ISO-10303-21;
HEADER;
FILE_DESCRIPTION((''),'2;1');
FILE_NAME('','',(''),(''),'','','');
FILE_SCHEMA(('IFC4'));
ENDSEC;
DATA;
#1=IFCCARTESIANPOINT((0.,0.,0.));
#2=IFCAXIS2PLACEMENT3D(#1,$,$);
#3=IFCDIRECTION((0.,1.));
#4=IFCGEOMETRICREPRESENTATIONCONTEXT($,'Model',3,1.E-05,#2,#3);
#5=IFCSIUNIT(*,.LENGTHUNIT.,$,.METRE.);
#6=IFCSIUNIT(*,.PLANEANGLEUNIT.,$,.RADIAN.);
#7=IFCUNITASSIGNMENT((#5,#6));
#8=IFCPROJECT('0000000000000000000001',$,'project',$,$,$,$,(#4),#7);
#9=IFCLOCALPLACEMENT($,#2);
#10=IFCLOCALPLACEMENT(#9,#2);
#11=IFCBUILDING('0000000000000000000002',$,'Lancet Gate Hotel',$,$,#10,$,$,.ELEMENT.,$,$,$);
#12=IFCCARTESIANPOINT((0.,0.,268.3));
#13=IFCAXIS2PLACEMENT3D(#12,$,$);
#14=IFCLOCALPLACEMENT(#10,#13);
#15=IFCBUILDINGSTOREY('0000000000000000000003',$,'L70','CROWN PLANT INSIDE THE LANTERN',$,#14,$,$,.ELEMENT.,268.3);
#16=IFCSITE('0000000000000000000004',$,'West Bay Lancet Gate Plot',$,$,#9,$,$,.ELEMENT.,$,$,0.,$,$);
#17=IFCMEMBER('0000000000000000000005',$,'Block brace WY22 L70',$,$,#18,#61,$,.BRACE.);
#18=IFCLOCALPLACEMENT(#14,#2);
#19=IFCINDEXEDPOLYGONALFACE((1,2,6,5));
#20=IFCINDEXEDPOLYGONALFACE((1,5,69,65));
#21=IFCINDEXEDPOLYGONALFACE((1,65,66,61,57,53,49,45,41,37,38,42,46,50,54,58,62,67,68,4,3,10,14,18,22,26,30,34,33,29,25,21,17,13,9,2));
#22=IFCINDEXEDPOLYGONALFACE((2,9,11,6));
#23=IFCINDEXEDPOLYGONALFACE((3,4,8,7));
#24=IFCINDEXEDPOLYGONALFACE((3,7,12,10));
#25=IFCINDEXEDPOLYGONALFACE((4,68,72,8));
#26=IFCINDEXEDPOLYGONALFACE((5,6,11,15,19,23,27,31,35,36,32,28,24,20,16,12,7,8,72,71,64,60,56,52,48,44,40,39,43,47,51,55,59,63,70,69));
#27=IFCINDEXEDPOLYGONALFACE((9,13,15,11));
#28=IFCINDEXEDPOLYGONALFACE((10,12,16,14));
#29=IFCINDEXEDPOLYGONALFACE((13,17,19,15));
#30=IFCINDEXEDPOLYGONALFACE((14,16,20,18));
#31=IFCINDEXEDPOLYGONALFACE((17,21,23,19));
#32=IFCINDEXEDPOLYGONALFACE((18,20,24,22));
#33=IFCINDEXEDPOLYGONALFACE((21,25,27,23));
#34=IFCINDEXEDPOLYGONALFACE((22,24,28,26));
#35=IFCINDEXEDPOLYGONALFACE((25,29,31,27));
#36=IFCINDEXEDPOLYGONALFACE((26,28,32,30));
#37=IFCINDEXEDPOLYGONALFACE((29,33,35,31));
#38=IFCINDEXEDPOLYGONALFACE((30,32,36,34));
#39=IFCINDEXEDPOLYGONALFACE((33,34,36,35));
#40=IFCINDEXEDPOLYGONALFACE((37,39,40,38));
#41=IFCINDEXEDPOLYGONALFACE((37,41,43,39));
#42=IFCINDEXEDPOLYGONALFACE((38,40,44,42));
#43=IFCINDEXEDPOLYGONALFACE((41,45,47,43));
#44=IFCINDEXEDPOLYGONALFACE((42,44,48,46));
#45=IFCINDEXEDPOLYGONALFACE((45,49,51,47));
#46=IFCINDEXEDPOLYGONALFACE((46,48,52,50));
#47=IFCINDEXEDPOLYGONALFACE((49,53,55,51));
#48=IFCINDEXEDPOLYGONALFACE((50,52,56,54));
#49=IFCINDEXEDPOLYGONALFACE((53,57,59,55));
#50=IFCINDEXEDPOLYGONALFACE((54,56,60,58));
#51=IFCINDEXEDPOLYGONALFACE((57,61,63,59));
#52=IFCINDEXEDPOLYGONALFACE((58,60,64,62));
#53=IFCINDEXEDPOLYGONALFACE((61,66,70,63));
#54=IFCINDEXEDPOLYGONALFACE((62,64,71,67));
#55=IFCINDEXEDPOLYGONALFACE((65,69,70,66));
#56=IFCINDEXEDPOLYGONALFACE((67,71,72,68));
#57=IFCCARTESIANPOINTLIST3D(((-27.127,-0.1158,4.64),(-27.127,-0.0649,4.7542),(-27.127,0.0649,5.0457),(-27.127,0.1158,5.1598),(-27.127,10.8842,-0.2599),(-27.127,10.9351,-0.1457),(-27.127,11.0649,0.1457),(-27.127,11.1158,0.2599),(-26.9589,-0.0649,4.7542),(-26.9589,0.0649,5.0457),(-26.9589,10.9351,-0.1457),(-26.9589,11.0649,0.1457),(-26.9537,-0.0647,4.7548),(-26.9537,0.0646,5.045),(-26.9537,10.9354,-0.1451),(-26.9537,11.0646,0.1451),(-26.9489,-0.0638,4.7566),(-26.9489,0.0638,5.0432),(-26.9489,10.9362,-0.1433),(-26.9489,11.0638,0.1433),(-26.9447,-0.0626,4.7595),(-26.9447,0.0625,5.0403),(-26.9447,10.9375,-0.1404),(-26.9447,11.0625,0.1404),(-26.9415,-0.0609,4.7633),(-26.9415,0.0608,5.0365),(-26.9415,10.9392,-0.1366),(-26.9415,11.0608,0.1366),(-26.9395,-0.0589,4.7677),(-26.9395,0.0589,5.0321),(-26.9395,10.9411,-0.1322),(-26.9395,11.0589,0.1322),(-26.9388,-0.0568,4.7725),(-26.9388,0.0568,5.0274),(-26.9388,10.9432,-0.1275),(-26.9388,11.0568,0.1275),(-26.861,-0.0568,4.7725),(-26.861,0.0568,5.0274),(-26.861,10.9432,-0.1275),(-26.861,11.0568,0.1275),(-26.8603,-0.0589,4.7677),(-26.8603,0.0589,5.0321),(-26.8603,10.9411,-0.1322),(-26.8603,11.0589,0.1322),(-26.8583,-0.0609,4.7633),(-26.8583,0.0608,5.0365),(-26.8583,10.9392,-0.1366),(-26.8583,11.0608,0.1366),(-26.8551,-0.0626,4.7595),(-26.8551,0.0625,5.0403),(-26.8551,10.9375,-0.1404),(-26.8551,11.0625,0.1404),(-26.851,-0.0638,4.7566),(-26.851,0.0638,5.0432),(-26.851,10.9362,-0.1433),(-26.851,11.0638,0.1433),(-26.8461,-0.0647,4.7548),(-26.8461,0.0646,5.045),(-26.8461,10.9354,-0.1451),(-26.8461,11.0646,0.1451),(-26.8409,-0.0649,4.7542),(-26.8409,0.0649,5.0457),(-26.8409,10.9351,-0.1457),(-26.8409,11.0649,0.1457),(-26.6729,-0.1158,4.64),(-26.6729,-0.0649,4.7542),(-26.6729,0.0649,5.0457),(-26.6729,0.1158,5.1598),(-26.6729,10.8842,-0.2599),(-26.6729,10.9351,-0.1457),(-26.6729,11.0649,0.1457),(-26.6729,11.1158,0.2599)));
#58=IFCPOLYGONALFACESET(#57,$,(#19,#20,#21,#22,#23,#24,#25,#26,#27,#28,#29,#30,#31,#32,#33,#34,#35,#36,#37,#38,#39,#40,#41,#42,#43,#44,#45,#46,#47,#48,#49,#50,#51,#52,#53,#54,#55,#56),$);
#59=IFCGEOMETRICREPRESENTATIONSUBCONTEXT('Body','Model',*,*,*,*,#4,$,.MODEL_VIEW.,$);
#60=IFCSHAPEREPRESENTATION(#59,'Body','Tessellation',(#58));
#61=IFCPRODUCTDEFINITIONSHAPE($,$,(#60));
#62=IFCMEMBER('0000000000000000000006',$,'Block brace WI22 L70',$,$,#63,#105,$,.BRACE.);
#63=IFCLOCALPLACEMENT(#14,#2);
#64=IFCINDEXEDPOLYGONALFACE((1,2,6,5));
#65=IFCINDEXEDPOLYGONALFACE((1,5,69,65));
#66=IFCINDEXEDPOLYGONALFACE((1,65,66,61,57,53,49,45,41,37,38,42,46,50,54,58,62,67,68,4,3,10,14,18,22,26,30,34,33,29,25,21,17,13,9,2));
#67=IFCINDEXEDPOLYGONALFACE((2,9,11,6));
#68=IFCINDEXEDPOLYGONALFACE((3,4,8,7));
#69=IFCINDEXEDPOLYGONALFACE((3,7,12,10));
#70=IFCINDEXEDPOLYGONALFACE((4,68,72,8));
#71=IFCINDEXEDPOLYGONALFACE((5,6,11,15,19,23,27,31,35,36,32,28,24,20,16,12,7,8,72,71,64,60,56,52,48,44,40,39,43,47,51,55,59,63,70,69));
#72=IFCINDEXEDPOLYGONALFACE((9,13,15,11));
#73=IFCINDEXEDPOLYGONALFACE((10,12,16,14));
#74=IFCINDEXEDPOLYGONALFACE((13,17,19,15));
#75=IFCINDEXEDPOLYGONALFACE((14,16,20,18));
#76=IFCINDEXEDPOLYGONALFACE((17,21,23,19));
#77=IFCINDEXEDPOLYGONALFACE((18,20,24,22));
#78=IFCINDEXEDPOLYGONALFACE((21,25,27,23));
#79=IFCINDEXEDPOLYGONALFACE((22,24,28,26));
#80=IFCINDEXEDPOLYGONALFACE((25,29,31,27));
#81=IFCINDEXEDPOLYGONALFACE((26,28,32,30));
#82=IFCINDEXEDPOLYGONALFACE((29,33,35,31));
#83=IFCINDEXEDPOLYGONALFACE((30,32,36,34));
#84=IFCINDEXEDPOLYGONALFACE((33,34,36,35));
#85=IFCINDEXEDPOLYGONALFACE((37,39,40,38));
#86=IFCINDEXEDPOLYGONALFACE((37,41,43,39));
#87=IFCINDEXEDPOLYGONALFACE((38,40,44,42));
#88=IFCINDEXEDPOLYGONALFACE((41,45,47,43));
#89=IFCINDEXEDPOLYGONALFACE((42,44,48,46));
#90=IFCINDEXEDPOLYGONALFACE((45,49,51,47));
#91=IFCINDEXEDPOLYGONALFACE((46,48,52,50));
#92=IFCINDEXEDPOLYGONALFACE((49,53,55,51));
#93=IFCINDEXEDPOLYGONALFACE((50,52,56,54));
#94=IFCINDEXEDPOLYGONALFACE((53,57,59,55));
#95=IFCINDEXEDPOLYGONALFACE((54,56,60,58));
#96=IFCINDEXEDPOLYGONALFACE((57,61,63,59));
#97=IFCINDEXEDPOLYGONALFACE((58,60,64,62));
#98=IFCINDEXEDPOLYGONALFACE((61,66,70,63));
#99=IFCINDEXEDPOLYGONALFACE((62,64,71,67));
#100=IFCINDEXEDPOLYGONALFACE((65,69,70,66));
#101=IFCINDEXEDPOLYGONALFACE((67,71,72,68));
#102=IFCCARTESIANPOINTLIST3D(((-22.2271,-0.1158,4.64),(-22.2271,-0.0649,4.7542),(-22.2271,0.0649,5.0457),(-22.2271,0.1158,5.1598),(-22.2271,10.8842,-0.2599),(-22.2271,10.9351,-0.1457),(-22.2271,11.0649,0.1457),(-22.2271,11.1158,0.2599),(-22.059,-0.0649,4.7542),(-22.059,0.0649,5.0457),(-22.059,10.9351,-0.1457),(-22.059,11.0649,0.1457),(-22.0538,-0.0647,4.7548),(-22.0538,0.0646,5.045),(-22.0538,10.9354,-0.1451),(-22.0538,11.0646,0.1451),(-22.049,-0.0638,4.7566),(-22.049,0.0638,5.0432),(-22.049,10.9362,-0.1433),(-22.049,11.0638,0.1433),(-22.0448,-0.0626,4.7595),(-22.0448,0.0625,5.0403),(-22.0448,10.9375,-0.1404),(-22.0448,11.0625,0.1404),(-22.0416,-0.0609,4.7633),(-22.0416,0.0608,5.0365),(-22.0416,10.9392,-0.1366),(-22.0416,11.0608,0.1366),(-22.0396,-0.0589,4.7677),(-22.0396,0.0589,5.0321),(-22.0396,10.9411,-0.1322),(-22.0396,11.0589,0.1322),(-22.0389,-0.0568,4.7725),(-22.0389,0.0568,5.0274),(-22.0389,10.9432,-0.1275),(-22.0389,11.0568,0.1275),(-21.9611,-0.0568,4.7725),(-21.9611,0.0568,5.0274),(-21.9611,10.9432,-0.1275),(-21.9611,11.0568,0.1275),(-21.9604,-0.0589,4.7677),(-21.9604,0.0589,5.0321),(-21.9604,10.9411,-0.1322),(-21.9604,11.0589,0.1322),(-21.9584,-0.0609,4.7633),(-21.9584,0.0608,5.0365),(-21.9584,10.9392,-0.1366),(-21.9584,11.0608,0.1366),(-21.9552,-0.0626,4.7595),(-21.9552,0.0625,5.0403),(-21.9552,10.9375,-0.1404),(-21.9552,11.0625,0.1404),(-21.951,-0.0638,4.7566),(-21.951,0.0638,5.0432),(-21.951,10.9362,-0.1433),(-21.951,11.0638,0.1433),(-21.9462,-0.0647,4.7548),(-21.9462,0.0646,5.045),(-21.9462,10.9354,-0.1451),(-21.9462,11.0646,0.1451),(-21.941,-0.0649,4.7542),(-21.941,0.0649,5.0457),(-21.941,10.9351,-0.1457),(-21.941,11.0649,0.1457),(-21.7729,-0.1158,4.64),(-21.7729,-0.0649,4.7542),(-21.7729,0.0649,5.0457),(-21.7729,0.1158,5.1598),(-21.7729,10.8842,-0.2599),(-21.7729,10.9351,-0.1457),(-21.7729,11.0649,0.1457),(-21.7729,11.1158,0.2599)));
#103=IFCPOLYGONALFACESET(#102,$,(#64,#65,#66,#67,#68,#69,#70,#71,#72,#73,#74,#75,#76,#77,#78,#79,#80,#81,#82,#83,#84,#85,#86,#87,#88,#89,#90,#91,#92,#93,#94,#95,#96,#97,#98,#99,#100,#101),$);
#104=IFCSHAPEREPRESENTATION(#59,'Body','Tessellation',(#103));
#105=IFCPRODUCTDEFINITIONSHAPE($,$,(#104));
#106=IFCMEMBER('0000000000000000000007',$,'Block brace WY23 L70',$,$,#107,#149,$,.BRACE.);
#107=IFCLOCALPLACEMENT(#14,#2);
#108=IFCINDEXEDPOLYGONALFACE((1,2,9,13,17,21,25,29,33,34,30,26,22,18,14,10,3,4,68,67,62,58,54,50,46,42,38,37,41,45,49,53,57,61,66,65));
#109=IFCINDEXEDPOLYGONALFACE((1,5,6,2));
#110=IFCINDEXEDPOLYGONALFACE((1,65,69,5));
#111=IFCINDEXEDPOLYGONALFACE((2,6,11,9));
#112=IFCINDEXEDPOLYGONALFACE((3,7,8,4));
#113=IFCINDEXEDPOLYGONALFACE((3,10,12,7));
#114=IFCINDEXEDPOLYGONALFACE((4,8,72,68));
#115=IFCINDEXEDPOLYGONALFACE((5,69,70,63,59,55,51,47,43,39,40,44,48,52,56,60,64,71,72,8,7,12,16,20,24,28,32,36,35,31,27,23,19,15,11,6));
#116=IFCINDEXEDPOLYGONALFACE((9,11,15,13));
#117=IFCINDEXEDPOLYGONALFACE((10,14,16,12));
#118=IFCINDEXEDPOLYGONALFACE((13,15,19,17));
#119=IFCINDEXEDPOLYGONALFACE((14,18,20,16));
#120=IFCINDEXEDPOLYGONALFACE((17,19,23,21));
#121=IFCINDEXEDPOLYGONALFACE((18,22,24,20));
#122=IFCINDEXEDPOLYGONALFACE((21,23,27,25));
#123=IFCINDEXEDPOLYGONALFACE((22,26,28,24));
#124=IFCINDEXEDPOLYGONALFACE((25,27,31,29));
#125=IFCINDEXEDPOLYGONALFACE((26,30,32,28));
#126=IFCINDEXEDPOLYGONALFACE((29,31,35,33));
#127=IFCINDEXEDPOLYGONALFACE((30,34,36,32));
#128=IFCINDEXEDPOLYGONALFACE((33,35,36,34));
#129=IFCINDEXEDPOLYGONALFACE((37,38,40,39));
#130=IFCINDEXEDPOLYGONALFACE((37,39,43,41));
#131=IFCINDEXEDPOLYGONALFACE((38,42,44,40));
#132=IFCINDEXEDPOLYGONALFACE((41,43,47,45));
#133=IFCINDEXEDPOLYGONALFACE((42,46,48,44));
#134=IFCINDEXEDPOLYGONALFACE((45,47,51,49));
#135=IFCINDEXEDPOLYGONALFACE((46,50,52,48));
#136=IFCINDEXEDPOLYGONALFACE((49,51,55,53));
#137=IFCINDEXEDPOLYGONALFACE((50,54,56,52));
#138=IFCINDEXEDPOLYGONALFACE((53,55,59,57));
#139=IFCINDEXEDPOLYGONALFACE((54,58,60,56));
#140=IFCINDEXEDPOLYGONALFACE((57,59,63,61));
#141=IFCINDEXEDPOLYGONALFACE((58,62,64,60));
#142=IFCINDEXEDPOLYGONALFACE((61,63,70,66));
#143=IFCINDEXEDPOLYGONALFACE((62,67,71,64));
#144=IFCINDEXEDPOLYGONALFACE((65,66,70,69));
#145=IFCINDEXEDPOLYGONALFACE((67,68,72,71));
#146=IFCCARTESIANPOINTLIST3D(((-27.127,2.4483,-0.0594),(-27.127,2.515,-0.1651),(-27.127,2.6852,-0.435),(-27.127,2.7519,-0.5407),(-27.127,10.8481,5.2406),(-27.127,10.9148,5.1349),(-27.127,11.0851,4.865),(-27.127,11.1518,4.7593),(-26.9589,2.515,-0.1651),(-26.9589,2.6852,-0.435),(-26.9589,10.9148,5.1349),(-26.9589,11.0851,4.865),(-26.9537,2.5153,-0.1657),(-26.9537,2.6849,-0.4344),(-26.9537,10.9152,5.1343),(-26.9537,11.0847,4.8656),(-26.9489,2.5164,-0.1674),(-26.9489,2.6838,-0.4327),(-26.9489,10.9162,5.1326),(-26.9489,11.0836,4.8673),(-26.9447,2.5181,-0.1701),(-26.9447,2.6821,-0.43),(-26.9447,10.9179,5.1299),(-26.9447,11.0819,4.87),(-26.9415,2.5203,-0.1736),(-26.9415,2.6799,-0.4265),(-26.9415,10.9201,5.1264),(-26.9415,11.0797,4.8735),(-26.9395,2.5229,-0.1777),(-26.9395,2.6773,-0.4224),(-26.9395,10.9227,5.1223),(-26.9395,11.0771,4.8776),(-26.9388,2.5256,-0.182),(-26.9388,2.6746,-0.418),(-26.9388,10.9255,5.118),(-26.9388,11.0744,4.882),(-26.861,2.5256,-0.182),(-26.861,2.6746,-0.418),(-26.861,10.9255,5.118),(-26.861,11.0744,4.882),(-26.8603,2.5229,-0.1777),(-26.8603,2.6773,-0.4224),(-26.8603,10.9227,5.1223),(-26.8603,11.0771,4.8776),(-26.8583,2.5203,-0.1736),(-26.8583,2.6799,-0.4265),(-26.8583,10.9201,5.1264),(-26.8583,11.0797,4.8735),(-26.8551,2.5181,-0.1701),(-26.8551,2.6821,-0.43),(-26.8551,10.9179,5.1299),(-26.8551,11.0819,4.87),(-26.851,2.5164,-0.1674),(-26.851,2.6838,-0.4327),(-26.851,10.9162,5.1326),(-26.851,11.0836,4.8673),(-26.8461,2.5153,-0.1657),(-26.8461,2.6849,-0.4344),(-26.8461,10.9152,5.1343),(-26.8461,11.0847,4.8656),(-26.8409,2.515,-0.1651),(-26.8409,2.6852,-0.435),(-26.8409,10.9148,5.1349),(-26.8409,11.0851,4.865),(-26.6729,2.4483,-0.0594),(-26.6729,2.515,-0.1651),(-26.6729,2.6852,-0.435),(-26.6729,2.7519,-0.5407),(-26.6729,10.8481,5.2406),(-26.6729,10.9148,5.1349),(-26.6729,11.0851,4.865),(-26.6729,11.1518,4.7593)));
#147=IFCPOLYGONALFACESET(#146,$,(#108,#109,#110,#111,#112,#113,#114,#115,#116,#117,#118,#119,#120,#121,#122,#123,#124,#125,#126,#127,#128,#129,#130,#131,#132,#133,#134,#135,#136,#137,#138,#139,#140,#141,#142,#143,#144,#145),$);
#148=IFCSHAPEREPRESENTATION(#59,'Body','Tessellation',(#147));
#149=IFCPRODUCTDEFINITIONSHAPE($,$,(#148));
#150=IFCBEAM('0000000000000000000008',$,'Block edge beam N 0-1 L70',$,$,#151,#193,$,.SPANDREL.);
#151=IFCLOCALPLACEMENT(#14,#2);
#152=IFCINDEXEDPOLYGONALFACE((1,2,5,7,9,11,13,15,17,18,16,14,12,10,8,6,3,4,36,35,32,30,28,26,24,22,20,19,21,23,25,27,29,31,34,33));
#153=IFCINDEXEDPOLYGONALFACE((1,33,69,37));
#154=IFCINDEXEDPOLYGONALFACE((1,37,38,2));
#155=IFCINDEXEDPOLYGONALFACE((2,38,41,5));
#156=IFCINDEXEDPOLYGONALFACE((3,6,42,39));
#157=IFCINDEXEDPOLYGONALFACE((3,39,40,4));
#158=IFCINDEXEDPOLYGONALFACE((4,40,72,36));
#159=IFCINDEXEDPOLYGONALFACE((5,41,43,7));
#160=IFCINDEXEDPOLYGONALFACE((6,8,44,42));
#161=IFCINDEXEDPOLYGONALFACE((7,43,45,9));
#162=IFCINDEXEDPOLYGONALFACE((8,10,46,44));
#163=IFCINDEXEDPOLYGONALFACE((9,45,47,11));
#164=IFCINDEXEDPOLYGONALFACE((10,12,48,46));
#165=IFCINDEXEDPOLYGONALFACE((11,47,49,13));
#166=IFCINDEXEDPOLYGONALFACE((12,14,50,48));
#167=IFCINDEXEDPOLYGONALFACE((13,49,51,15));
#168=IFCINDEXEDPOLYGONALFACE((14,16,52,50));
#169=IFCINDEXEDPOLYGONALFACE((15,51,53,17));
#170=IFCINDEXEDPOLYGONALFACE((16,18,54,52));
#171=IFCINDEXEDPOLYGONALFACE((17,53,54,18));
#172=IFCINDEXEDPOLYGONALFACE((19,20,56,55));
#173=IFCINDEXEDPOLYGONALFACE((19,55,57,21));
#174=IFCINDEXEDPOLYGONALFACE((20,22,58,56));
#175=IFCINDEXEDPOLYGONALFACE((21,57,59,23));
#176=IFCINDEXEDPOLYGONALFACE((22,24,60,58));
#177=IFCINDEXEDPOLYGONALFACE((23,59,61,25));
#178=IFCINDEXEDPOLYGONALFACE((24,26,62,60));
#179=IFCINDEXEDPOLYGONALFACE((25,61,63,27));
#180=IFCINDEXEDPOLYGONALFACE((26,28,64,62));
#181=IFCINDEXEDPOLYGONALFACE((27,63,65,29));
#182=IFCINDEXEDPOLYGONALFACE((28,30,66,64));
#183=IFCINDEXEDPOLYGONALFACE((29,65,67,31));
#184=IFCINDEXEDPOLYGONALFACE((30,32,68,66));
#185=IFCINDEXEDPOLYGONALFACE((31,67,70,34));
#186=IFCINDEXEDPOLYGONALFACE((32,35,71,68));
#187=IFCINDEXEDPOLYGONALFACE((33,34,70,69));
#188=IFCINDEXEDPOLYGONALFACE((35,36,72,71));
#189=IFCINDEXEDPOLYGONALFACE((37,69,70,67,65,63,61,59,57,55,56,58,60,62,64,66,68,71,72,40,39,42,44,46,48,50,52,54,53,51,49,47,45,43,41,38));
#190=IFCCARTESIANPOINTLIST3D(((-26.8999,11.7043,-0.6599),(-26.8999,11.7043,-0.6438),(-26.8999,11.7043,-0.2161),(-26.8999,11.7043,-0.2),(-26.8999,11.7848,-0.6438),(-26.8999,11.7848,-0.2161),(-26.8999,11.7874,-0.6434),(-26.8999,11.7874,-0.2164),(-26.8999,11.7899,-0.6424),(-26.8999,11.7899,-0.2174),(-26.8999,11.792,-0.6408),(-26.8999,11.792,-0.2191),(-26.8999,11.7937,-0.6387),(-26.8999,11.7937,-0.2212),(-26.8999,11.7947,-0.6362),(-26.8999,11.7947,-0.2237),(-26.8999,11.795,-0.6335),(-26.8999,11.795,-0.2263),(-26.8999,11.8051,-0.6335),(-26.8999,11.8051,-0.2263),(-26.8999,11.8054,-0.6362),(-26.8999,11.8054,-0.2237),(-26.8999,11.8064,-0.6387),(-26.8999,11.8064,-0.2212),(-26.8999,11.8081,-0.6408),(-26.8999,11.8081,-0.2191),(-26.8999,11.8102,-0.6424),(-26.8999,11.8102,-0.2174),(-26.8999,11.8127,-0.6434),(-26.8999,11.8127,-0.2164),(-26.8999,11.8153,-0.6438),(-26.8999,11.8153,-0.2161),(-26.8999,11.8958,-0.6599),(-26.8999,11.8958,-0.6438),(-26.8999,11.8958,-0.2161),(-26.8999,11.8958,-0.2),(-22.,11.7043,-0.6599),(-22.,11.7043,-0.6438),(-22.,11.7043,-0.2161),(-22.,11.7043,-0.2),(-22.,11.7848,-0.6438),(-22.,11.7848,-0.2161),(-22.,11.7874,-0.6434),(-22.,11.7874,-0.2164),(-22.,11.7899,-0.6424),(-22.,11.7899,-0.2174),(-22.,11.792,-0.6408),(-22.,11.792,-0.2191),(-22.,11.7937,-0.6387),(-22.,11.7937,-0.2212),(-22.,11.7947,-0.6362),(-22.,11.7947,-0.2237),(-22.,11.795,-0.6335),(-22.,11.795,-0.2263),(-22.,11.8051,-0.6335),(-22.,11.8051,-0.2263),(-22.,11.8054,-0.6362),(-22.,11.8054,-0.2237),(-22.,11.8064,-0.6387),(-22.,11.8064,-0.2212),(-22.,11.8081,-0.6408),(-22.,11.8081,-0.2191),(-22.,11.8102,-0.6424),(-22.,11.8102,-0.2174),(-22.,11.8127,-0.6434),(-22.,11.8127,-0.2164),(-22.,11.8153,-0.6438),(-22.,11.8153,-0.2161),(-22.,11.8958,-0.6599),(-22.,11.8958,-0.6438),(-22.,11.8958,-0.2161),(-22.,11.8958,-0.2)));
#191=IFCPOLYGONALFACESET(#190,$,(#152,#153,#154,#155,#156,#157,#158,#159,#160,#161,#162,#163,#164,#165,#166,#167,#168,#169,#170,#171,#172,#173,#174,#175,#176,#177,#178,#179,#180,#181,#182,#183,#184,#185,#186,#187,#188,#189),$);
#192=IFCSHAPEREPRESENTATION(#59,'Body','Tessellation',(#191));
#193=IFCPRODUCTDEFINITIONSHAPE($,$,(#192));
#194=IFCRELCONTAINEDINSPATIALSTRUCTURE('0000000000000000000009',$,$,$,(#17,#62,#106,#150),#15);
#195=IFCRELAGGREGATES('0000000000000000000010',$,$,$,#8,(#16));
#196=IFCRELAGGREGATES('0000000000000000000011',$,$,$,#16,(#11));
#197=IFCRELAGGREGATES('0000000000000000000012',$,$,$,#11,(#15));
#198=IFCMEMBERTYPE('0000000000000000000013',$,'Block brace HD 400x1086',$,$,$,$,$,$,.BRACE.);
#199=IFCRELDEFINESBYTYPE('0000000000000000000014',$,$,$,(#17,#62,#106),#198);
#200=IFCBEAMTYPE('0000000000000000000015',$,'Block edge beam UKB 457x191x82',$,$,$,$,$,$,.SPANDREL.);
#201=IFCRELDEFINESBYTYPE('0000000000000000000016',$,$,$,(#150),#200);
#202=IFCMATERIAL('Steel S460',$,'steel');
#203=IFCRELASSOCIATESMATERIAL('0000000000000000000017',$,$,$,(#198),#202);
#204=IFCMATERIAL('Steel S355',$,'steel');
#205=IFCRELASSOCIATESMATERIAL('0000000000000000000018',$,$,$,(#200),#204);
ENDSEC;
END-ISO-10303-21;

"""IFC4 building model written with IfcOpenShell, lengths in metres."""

from ifc_helpers import new_model, si_unit, direction, frame, origin, origin_2d, place, context, subcontext, project, spatial, i_section, extrude, material, material_profile, profile_set, type_object, element, save


model = new_model("IFC4")

# Units and contexts
model_context = context("Model", 3, precision=1e-05, world=origin(), true_north=direction((0.0, 1.0)))
body_context = subcontext(model_context, "Body", "Model", "MODEL_VIEW")
ifc_project = project(units=[si_unit("LENGTHUNIT", "METRE"), si_unit("PLANEANGLEUNIT", "RADIAN")], contexts=[model_context])

# Site, building, storey
site_placement = place(None, origin())
site = spatial("IfcSite", under=ifc_project, at=site_placement, Name="West Bay Lancet Gate Plot", CompositionType="ELEMENT", RefElevation=0.0)
building_placement = place(site_placement, origin())
building = spatial("IfcBuilding", under=site, at=building_placement, Name="Lancet Gate Hotel", CompositionType="ELEMENT")
storey_placement = place(building_placement, frame((0.0, 0.0, 268.3)))
storey = spatial("IfcBuildingStorey", under=building, at=storey_placement, Name="L70", Description="CROWN PLANT INSIDE THE LANTERN", CompositionType="ELEMENT", Elevation=268.3)

# Members
ifc_material_1 = material(Name="Steel S460", Category="steel")
ifc_material_profile_1 = material_profile(ifc_material_1, i_section(OverallWidth=0.4541, OverallDepth=0.5691, WebThickness=0.0779, FlangeThickness=0.125, FilletRadius=0.02, at=origin_2d()), Name="HD 400x1086")
ifc_profile_set_1 = profile_set([ifc_material_profile_1], Name="Steel S460")
member_type = type_object("IfcMemberType", Name="Block brace HD 400x1086", PredefinedType="BRACE", material=ifc_profile_set_1)
for number, where, z_axis, x_axis, name in (
    (1, (-26.8999, 11.0, 0.0), (0.0, -0.913472, 0.406902), (1.0, 0.0, 0.0), "Block brace WY22 L70"),
    (2, (-22.0, 11.0, 0.0), (0.0, -0.913472, 0.406902), (1.0, 0.0, 0.0), "Block brace WI22 L70"),
):
    element("IfcMember", number, at=place(storey_placement, frame(where, z_axis=z_axis, x_axis=x_axis)), inside=storey, type_object=member_type, Name=name, PredefinedType="BRACE", context=body_context, shape_type="SweptSolid", body=[
        extrude(i_section(OverallWidth=0.4541, OverallDepth=0.5691, WebThickness=0.0779, FlangeThickness=0.125, FilletRadius=0.02, at=origin_2d()), origin(), (0.0, 0.0, 1.0), 12.042),
    ])
member_placement = place(storey_placement, frame((-26.8999, 2.6001, -0.3), z_axis=(0.0, 0.845723, 0.533622), x_axis=(-1.0, 0.0, 0.0)))
element("IfcMember", 3, at=member_placement, inside=storey, type_object=member_type, Name="Block brace WY23 L70", PredefinedType="BRACE", context=body_context, shape_type="SweptSolid", body=[
    extrude(i_section(OverallWidth=0.4541, OverallDepth=0.5691, WebThickness=0.0779, FlangeThickness=0.125, FilletRadius=0.02, at=origin_2d()), origin(), (0.0, 0.0, 1.0), 9.9321),
])

# Beam
ifc_material_2 = material(Name="Steel S355", Category="steel")
ifc_material_profile_2 = material_profile(ifc_material_2, i_section(OverallWidth=0.1914, OverallDepth=0.46, WebThickness=0.01, FlangeThickness=0.0161, FilletRadius=0.0103, at=origin_2d()), Name="UKB 457x191x82")
ifc_profile_set_2 = profile_set([ifc_material_profile_2], Name="Steel S355")
beam_type_1 = type_object("IfcBeamType", Name="Block edge beam UKB 457x191x82", PredefinedType="SPANDREL", material=ifc_profile_set_2)
beam_1_placement = place(storey_placement, frame((-26.8999, 11.8, -0.4299), z_axis=(1.0, 0.0, 0.0), x_axis=(0.0, 1.0, 0.0)))
element("IfcBeam", 4, at=beam_1_placement, inside=storey, type_object=beam_type_1, Name="Block edge beam N 0-1 L70", PredefinedType="SPANDREL", context=body_context, shape_type="SweptSolid", body=[
    extrude(i_section(OverallWidth=0.1914, OverallDepth=0.46, WebThickness=0.01, FlangeThickness=0.0161, FilletRadius=0.0103, at=origin_2d()), origin(), (0.0, 0.0, 1.0), 4.8999),
])

save(model, "model.ifc")
